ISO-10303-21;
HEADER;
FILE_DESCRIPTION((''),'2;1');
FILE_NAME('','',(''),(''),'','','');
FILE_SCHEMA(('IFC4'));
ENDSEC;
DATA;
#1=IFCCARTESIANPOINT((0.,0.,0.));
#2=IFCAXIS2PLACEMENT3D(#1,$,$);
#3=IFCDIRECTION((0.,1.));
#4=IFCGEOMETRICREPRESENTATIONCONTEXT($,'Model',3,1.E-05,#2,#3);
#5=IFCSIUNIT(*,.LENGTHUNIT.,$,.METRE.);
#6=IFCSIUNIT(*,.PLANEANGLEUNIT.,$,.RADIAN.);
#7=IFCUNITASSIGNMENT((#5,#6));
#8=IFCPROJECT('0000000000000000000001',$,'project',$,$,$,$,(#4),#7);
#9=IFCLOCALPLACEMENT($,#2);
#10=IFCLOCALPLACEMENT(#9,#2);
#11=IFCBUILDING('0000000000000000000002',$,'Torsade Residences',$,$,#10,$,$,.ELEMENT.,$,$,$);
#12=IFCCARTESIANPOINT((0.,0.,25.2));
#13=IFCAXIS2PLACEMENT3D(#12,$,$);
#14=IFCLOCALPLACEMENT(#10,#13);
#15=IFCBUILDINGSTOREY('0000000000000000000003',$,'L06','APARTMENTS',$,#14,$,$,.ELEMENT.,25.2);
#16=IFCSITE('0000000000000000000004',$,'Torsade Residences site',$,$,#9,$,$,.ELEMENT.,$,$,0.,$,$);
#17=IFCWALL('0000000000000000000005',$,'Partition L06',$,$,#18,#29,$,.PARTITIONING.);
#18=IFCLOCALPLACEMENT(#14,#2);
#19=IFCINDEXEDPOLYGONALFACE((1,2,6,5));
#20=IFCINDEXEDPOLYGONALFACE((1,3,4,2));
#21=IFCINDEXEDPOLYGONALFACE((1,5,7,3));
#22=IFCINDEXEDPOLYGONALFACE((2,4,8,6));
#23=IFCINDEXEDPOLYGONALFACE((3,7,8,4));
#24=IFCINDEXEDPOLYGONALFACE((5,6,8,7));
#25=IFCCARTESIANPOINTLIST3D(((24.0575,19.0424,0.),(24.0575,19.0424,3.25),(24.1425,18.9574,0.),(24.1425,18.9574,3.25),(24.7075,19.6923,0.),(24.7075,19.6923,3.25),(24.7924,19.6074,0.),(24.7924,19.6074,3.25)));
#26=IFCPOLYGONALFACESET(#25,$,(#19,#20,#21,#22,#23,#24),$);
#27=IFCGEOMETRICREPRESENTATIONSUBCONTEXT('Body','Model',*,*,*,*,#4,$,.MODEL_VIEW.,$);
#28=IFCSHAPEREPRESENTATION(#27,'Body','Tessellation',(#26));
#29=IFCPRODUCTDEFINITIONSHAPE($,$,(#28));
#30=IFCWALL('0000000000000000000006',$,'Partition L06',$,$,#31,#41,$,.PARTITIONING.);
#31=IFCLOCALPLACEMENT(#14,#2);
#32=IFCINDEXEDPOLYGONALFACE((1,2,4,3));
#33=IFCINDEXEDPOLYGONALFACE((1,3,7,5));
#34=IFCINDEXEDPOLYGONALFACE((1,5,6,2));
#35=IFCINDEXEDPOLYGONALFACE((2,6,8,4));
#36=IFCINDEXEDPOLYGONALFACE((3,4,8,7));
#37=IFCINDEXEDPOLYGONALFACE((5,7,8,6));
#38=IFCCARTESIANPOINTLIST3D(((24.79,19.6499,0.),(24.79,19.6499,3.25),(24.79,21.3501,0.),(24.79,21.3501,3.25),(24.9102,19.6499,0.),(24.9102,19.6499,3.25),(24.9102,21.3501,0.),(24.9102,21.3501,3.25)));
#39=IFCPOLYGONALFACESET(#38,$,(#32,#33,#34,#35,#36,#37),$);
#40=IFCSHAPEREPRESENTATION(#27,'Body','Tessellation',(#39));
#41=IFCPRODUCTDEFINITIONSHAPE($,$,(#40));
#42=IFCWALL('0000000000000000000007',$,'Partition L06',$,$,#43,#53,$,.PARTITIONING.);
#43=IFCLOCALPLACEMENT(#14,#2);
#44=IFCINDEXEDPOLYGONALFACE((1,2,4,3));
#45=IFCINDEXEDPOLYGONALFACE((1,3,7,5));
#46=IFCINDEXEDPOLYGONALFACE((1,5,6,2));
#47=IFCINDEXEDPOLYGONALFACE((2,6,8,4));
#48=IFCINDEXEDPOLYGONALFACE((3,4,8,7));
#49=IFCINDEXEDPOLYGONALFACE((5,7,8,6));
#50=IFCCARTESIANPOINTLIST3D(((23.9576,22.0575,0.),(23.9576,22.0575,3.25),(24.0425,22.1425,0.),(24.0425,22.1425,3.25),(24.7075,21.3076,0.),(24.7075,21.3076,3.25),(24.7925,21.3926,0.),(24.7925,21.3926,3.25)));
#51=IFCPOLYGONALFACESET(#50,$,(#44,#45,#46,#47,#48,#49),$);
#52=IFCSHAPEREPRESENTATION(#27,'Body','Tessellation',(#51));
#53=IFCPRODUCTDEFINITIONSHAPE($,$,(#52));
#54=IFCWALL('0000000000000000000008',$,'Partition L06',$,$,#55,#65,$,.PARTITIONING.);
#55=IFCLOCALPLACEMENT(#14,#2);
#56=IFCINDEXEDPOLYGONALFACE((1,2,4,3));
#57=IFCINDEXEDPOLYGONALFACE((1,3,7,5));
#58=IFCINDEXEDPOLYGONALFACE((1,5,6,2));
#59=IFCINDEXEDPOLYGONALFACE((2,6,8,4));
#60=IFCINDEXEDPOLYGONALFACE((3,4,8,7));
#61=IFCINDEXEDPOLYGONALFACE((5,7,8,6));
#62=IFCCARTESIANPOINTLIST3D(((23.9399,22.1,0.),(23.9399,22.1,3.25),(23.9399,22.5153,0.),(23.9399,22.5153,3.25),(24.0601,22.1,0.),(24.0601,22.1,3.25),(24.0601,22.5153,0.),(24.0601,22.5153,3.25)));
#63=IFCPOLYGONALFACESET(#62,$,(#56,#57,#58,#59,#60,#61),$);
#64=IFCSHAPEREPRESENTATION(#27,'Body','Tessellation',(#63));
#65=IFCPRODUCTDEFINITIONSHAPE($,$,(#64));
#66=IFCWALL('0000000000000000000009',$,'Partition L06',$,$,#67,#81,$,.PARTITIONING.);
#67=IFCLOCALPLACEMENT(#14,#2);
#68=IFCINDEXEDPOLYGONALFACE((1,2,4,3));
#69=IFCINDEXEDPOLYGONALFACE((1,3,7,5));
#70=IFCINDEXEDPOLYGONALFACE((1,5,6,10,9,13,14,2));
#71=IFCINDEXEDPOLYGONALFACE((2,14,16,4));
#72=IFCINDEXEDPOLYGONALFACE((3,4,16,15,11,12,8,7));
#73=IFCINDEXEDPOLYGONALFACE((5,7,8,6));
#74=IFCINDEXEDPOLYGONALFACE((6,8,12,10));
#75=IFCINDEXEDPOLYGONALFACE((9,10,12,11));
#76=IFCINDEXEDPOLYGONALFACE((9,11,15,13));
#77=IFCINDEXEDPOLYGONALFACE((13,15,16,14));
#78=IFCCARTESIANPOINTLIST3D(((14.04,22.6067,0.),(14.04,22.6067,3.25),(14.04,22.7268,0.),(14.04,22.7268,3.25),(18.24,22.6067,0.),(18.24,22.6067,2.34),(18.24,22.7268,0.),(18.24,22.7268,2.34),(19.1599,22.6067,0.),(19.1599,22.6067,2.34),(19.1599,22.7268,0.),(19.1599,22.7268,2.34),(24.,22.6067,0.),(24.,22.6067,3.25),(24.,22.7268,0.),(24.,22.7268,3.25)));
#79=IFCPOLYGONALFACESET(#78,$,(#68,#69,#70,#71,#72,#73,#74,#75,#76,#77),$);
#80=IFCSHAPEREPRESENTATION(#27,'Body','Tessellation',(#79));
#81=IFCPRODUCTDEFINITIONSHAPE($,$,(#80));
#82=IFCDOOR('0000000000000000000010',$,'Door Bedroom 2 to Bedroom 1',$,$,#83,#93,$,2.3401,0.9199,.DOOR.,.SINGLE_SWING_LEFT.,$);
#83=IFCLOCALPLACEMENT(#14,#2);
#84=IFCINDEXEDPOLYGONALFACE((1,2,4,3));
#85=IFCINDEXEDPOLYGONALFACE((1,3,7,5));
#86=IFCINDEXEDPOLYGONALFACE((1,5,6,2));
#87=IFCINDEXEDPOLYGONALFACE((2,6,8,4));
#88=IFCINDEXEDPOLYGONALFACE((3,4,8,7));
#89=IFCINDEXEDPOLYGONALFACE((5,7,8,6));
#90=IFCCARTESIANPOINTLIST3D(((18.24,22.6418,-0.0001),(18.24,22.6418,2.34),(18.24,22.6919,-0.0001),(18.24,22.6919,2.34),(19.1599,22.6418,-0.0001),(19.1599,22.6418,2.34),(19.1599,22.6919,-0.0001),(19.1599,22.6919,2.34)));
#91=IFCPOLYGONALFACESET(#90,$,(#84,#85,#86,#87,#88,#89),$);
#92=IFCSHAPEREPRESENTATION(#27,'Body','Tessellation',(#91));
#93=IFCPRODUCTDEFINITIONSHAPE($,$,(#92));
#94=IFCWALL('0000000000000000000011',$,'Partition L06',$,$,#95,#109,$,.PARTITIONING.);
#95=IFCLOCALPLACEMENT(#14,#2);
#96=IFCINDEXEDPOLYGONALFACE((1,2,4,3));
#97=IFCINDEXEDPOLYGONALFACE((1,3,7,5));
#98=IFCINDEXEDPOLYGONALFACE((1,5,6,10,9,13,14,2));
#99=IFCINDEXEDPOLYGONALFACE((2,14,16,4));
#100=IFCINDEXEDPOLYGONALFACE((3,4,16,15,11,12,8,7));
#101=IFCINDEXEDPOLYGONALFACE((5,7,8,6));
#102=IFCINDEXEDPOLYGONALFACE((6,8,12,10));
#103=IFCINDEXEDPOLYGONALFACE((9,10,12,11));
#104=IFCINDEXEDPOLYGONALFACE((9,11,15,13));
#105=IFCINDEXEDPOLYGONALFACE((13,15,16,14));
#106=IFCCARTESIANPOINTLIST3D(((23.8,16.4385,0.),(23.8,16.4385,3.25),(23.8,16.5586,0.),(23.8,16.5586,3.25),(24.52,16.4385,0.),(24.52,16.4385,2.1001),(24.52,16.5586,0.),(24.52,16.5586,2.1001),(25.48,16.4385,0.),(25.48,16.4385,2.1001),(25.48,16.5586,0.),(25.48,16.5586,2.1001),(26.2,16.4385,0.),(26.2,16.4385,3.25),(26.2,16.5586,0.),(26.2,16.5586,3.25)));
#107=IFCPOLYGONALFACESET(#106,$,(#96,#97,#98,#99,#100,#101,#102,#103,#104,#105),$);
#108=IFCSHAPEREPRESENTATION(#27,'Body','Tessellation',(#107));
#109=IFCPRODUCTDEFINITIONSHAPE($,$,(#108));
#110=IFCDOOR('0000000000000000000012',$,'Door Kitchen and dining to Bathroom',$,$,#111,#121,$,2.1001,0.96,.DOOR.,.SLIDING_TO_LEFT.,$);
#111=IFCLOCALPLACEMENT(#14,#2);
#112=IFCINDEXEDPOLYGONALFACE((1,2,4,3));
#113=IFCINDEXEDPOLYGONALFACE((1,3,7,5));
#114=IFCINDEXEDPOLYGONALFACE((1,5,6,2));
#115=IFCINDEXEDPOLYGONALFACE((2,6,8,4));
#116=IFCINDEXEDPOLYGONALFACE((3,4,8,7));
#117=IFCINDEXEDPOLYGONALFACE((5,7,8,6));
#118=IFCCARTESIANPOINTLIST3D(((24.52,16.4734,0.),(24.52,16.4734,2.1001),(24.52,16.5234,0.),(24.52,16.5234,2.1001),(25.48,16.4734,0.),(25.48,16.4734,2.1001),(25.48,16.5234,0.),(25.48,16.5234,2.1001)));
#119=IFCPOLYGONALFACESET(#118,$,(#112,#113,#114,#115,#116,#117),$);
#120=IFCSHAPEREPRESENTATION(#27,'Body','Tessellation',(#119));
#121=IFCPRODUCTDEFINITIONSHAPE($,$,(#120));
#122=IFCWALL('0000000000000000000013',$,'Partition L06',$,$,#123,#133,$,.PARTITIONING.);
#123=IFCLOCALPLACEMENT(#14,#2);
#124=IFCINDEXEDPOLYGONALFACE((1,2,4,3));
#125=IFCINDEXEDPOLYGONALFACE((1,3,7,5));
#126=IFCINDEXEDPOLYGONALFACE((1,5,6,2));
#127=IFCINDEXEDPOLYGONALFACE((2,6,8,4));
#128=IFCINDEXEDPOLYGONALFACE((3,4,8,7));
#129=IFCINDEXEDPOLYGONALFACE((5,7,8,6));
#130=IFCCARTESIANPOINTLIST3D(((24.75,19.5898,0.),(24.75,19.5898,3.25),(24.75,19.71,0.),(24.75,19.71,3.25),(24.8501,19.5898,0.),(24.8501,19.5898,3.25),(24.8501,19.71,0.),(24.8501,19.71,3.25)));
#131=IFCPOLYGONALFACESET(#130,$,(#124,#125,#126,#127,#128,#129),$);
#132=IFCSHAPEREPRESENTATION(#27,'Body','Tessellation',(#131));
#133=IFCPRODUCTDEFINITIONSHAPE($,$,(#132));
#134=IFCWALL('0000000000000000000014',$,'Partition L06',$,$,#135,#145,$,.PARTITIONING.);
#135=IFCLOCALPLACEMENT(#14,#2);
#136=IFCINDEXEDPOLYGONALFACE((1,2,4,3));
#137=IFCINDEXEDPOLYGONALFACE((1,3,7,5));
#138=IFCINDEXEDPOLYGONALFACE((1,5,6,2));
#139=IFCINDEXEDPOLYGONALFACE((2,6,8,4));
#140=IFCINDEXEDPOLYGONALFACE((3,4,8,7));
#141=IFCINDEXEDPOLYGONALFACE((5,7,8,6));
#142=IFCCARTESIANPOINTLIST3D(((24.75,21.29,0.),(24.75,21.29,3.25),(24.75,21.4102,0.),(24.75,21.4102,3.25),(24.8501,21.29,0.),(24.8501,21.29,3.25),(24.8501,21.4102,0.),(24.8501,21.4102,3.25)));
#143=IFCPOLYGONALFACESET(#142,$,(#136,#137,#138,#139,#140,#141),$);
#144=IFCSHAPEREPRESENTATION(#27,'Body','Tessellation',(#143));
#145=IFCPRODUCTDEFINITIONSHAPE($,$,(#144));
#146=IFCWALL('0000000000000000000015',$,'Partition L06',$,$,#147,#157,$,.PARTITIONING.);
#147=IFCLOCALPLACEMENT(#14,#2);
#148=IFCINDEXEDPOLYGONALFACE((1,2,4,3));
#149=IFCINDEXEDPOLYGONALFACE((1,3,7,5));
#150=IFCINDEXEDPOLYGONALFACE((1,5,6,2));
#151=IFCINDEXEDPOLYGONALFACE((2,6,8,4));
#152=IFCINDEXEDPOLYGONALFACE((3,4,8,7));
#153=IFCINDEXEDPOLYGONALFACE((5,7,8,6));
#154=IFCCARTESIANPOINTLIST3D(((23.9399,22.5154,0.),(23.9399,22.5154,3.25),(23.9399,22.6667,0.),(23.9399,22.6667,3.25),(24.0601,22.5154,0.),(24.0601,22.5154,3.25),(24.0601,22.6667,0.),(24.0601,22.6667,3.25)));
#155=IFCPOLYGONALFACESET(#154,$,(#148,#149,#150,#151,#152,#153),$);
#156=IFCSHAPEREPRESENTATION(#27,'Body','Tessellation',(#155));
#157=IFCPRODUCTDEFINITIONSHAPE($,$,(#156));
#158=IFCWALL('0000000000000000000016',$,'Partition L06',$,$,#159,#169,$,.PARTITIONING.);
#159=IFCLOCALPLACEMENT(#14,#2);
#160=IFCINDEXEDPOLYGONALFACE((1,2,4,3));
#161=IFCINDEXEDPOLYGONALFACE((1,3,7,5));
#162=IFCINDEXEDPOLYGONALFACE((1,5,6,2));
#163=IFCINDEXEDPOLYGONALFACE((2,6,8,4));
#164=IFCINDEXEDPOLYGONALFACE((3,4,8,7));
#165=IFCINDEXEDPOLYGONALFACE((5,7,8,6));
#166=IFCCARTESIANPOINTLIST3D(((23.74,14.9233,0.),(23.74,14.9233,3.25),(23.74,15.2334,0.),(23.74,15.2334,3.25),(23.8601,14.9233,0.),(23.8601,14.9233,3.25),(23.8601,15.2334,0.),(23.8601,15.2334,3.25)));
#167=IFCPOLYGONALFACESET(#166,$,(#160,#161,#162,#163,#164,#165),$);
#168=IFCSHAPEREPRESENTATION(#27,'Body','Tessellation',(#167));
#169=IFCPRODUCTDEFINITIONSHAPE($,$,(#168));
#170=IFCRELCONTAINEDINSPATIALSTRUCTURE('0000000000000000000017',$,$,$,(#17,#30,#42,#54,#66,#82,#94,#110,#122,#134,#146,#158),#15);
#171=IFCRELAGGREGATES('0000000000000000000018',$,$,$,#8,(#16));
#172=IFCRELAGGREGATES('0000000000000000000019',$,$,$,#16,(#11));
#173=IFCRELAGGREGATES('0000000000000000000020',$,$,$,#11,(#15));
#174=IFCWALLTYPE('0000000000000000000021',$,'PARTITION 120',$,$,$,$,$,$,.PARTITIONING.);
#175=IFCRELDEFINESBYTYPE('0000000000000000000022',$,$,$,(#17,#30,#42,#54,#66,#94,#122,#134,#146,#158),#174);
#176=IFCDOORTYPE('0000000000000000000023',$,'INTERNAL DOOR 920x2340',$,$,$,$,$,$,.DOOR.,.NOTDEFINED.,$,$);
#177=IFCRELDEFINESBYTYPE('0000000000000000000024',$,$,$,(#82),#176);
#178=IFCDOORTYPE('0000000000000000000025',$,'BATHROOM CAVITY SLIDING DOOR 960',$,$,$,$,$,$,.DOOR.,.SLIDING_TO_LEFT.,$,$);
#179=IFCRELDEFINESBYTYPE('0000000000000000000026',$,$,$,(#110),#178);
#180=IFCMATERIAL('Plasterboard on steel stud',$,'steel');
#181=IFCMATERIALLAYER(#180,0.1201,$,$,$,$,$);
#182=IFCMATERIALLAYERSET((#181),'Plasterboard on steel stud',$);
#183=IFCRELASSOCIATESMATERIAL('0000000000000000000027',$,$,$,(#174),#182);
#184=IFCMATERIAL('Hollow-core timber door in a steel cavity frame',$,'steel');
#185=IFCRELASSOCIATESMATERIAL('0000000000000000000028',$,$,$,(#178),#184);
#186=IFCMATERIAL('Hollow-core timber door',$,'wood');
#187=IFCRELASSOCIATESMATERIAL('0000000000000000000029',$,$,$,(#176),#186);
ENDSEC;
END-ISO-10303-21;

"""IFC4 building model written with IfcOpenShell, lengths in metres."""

from ifc_helpers import new_model, si_unit, direction, frame, frame_2d, origin, place, context, subcontext, project, spatial, rectangle, extrude, material, layer, layer_set, type_object, element, fill, save


model = new_model("IFC4")

# Units and contexts
model_context = context("Model", 3, precision=1e-05, world=origin(), true_north=direction((0.0, 1.0)))
body_context = subcontext(model_context, "Body", "Model", "MODEL_VIEW")
ifc_project = project(units=[si_unit("LENGTHUNIT", "METRE"), si_unit("PLANEANGLEUNIT", "RADIAN")], contexts=[model_context])

# Site, building, storey
site_placement = place(None, origin())
site = spatial("IfcSite", under=ifc_project, at=site_placement, Name="Torsade Residences site", CompositionType="ELEMENT", RefElevation=0.0)
building_placement = place(site_placement, origin())
building = spatial("IfcBuilding", under=site, at=building_placement, Name="Torsade Residences", CompositionType="ELEMENT")
storey_placement = place(building_placement, frame((0.0, 0.0, 25.2)))
storey = spatial("IfcBuildingStorey", under=building, at=storey_placement, Name="L06", Description="APARTMENTS", CompositionType="ELEMENT", Elevation=25.2)

# Shared definitions
ifc_material_1 = material(Name="Plasterboard on steel stud", Category="steel")
ifc_layer_1 = layer(ifc_material_1, 0.1201)
ifc_layer_set_1 = layer_set([ifc_layer_1], Name="Plasterboard on steel stud")
wall_type_1 = type_object("IfcWallType", Name="PARTITION 120", PredefinedType="PARTITIONING", material=ifc_layer_set_1)
ifc_material_2 = material(Name="Hollow-core timber door in a steel cavity frame", Category="steel")
door_type_1 = type_object("IfcDoorType", Name="BATHROOM CAVITY SLIDING DOOR 960", OperationType="SLIDING_TO_LEFT", PredefinedType="DOOR", material=ifc_material_2)

# Walls
wall_1_placement = place(storey_placement, frame((24.1001, 19.0, 0.0), z_axis=(0.0, 0.0, 1.0), x_axis=(0.707107, 0.707107, 0.0)))
element("IfcWall", 1, at=wall_1_placement, inside=storey, type_object=wall_type_1, Name="Partition L06", PredefinedType="PARTITIONING", context=body_context, shape_type="SweptSolid", body=[
    extrude(rectangle(XDim=0.9192, YDim=0.1201, at=frame_2d((0.4595, 0.0))), origin(), (0.0, 0.0, 1.0), 3.25),
])
wall_2_placement = place(storey_placement, frame((24.8501, 19.6499, 0.0), z_axis=(0.0, 0.0, 1.0), x_axis=(0.0, 1.0, 0.0)))
element("IfcWall", 2, at=wall_2_placement, inside=storey, type_object=wall_type_1, Name="Partition L06", PredefinedType="PARTITIONING", context=body_context, shape_type="SweptSolid", body=[
    extrude(rectangle(XDim=1.7002, YDim=0.1201, at=frame_2d((0.8501, 0.0))), origin(), (0.0, 0.0, 1.0), 3.25),
])
wall_3_placement = place(storey_placement, frame((24.75, 21.3501, 0.0), z_axis=(0.0, 0.0, 1.0), x_axis=(-0.707107, 0.707107, 0.0)))
element("IfcWall", 3, at=wall_3_placement, inside=storey, type_object=wall_type_1, Name="Partition L06", PredefinedType="PARTITIONING", context=body_context, shape_type="SweptSolid", body=[
    extrude(rectangle(XDim=1.0605, YDim=0.1201, at=frame_2d((0.5303, 0.0))), origin(), (0.0, 0.0, 1.0), 3.25),
])
wall_4_placement = place(storey_placement, frame((24.0, 22.1001, 0.0), z_axis=(0.0, 0.0, 1.0), x_axis=(0.0, 1.0, 0.0)))
element("IfcWall", 4, at=wall_4_placement, inside=storey, type_object=wall_type_1, Name="Partition L06", PredefinedType="PARTITIONING", context=body_context, shape_type="SweptSolid", body=[
    extrude(rectangle(XDim=0.4153, YDim=0.1201, at=frame_2d((0.2075, 0.0))), origin(), (0.0, 0.0, 1.0), 3.25),
])

# Walls, openings, doors
wall_5_placement = place(storey_placement, frame((24.0, 22.6667, 0.0), z_axis=(0.0, 0.0, 1.0), x_axis=(-1.0, 0.0, 0.0)))
wall_5 = element("IfcWall", 5, at=wall_5_placement, inside=storey, type_object=wall_type_1, Name="Partition L06", PredefinedType="PARTITIONING", context=body_context, shape_type="SweptSolid", body=[
    extrude(rectangle(XDim=9.96, YDim=0.1201, at=frame_2d((4.98, 0.0))), origin(), (0.0, 0.0, 1.0), 3.25),
])
opening_1_placement = place(wall_5_placement, frame((4.8401, 0.0, 0.0)))
opening_1 = element("IfcOpeningElement", 6, at=opening_1_placement, cuts=wall_5, PredefinedType="OPENING", context=body_context, shape_type="SweptSolid", body=[
    extrude(rectangle(XDim=0.9199, YDim=2.3401, at=frame_2d((0.46, 1.1699))), frame((0.0, 0.0701, 0.0), z_axis=(0.0, -1.0, 0.0), x_axis=(1.0, 0.0, 0.0)), (0.0, 0.0, 1.0), 0.1401),
])
ifc_material_3 = material(Name="Hollow-core timber door", Category="wood")
door_type_2 = type_object("IfcDoorType", Name="INTERNAL DOOR 920x2340", OperationType="NOTDEFINED", PredefinedType="DOOR", material=ifc_material_3)
door_1_placement = place(opening_1_placement, origin())
door_1 = element("IfcDoor", 7, at=door_1_placement, inside=storey, type_object=door_type_2, Name="Door Bedroom 2 to Bedroom 1", OperationType="SINGLE_SWING_LEFT", OverallHeight=2.3401, OverallWidth=0.9199, PredefinedType="DOOR", context=body_context, shape_type="SweptSolid", body=[
    extrude(rectangle(XDim=0.9199, YDim=2.3401, at=frame_2d((0.46, 1.1699))), frame((0.0, 0.0249, 0.0), z_axis=(0.0, -1.0, 0.0), x_axis=(1.0, 0.0, 0.0)), (0.0, 0.0, 1.0), 0.05),
])
fill(opening_1, door_1)
wall_6_placement = place(storey_placement, frame((23.8, 16.4985, 0.0), z_axis=(0.0, 0.0, 1.0), x_axis=(1.0, 0.0, 0.0)))
wall_6 = element("IfcWall", 8, at=wall_6_placement, inside=storey, type_object=wall_type_1, Name="Partition L06", PredefinedType="PARTITIONING", context=body_context, shape_type="SweptSolid", body=[
    extrude(rectangle(XDim=2.3999, YDim=0.1201, at=frame_2d((1.2, 0.0))), origin(), (0.0, 0.0, 1.0), 3.25),
])
opening_2_placement = place(wall_6_placement, frame((0.72, 0.0, 0.0)))
opening_2 = element("IfcOpeningElement", 9, at=opening_2_placement, cuts=wall_6, PredefinedType="OPENING", context=body_context, shape_type="SweptSolid", body=[
    extrude(rectangle(XDim=0.96, YDim=2.1001, at=frame_2d((0.48, 1.05))), frame((0.0, 0.0701, 0.0), z_axis=(0.0, -1.0, 0.0), x_axis=(1.0, 0.0, 0.0)), (0.0, 0.0, 1.0), 0.1401),
])
door_2_placement = place(opening_2_placement, origin())
door_2 = element("IfcDoor", 10, at=door_2_placement, inside=storey, type_object=door_type_1, Name="Door Kitchen and dining to Bathroom", OperationType="SLIDING_TO_LEFT", OverallHeight=2.1001, OverallWidth=0.96, PredefinedType="DOOR", context=body_context, shape_type="SweptSolid", body=[
    extrude(rectangle(XDim=0.96, YDim=2.1001, at=frame_2d((0.48, 1.05))), frame((0.0, 0.0249, 0.0), z_axis=(0.0, -1.0, 0.0), x_axis=(1.0, 0.0, 0.0)), (0.0, 0.0, 1.0), 0.05),
])
fill(opening_2, door_2)

# Walls
for number, where, z_axis, x_axis, name in (
    (11, (24.8501, 19.6499, 0.0), (0.0, 0.0, 1.0), (-1.0, 0.0, 0.0), "Partition L06"),
    (12, (24.8501, 21.3501, 0.0), (0.0, 0.0, 1.0), (-1.0, 0.0, 0.0), "Partition L06"),
):
    element("IfcWall", number, at=place(storey_placement, frame(where, z_axis=z_axis, x_axis=x_axis)), inside=storey, type_object=wall_type_1, Name=name, PredefinedType="PARTITIONING", context=body_context, shape_type="SweptSolid", body=[
        extrude(rectangle(XDim=0.1001, YDim=0.1201, at=frame_2d((0.05, 0.0))), origin(), (0.0, 0.0, 1.0), 3.25),
    ])
wall_7_placement = place(storey_placement, frame((24.0, 22.6667, 0.0), z_axis=(0.0, 0.0, 1.0), x_axis=(0.0, -1.0, 0.0)))
element("IfcWall", 13, at=wall_7_placement, inside=storey, type_object=wall_type_1, Name="Partition L06", PredefinedType="PARTITIONING", context=body_context, shape_type="SweptSolid", body=[
    extrude(rectangle(XDim=0.1514, YDim=0.1201, at=frame_2d((0.0757, 0.0))), origin(), (0.0, 0.0, 1.0), 3.25),
])
wall_8_placement = place(storey_placement, frame((23.8, 15.2334, 0.0), z_axis=(0.0, 0.0, 1.0), x_axis=(0.0, -1.0, 0.0)))
element("IfcWall", 14, at=wall_8_placement, inside=storey, type_object=wall_type_1, Name="Partition L06", PredefinedType="PARTITIONING", context=body_context, shape_type="SweptSolid", body=[
    extrude(rectangle(XDim=0.3101, YDim=0.1201, at=frame_2d((0.155, 0.0))), origin(), (0.0, 0.0, 1.0), 3.25),
])

save(model, "model.ifc")
